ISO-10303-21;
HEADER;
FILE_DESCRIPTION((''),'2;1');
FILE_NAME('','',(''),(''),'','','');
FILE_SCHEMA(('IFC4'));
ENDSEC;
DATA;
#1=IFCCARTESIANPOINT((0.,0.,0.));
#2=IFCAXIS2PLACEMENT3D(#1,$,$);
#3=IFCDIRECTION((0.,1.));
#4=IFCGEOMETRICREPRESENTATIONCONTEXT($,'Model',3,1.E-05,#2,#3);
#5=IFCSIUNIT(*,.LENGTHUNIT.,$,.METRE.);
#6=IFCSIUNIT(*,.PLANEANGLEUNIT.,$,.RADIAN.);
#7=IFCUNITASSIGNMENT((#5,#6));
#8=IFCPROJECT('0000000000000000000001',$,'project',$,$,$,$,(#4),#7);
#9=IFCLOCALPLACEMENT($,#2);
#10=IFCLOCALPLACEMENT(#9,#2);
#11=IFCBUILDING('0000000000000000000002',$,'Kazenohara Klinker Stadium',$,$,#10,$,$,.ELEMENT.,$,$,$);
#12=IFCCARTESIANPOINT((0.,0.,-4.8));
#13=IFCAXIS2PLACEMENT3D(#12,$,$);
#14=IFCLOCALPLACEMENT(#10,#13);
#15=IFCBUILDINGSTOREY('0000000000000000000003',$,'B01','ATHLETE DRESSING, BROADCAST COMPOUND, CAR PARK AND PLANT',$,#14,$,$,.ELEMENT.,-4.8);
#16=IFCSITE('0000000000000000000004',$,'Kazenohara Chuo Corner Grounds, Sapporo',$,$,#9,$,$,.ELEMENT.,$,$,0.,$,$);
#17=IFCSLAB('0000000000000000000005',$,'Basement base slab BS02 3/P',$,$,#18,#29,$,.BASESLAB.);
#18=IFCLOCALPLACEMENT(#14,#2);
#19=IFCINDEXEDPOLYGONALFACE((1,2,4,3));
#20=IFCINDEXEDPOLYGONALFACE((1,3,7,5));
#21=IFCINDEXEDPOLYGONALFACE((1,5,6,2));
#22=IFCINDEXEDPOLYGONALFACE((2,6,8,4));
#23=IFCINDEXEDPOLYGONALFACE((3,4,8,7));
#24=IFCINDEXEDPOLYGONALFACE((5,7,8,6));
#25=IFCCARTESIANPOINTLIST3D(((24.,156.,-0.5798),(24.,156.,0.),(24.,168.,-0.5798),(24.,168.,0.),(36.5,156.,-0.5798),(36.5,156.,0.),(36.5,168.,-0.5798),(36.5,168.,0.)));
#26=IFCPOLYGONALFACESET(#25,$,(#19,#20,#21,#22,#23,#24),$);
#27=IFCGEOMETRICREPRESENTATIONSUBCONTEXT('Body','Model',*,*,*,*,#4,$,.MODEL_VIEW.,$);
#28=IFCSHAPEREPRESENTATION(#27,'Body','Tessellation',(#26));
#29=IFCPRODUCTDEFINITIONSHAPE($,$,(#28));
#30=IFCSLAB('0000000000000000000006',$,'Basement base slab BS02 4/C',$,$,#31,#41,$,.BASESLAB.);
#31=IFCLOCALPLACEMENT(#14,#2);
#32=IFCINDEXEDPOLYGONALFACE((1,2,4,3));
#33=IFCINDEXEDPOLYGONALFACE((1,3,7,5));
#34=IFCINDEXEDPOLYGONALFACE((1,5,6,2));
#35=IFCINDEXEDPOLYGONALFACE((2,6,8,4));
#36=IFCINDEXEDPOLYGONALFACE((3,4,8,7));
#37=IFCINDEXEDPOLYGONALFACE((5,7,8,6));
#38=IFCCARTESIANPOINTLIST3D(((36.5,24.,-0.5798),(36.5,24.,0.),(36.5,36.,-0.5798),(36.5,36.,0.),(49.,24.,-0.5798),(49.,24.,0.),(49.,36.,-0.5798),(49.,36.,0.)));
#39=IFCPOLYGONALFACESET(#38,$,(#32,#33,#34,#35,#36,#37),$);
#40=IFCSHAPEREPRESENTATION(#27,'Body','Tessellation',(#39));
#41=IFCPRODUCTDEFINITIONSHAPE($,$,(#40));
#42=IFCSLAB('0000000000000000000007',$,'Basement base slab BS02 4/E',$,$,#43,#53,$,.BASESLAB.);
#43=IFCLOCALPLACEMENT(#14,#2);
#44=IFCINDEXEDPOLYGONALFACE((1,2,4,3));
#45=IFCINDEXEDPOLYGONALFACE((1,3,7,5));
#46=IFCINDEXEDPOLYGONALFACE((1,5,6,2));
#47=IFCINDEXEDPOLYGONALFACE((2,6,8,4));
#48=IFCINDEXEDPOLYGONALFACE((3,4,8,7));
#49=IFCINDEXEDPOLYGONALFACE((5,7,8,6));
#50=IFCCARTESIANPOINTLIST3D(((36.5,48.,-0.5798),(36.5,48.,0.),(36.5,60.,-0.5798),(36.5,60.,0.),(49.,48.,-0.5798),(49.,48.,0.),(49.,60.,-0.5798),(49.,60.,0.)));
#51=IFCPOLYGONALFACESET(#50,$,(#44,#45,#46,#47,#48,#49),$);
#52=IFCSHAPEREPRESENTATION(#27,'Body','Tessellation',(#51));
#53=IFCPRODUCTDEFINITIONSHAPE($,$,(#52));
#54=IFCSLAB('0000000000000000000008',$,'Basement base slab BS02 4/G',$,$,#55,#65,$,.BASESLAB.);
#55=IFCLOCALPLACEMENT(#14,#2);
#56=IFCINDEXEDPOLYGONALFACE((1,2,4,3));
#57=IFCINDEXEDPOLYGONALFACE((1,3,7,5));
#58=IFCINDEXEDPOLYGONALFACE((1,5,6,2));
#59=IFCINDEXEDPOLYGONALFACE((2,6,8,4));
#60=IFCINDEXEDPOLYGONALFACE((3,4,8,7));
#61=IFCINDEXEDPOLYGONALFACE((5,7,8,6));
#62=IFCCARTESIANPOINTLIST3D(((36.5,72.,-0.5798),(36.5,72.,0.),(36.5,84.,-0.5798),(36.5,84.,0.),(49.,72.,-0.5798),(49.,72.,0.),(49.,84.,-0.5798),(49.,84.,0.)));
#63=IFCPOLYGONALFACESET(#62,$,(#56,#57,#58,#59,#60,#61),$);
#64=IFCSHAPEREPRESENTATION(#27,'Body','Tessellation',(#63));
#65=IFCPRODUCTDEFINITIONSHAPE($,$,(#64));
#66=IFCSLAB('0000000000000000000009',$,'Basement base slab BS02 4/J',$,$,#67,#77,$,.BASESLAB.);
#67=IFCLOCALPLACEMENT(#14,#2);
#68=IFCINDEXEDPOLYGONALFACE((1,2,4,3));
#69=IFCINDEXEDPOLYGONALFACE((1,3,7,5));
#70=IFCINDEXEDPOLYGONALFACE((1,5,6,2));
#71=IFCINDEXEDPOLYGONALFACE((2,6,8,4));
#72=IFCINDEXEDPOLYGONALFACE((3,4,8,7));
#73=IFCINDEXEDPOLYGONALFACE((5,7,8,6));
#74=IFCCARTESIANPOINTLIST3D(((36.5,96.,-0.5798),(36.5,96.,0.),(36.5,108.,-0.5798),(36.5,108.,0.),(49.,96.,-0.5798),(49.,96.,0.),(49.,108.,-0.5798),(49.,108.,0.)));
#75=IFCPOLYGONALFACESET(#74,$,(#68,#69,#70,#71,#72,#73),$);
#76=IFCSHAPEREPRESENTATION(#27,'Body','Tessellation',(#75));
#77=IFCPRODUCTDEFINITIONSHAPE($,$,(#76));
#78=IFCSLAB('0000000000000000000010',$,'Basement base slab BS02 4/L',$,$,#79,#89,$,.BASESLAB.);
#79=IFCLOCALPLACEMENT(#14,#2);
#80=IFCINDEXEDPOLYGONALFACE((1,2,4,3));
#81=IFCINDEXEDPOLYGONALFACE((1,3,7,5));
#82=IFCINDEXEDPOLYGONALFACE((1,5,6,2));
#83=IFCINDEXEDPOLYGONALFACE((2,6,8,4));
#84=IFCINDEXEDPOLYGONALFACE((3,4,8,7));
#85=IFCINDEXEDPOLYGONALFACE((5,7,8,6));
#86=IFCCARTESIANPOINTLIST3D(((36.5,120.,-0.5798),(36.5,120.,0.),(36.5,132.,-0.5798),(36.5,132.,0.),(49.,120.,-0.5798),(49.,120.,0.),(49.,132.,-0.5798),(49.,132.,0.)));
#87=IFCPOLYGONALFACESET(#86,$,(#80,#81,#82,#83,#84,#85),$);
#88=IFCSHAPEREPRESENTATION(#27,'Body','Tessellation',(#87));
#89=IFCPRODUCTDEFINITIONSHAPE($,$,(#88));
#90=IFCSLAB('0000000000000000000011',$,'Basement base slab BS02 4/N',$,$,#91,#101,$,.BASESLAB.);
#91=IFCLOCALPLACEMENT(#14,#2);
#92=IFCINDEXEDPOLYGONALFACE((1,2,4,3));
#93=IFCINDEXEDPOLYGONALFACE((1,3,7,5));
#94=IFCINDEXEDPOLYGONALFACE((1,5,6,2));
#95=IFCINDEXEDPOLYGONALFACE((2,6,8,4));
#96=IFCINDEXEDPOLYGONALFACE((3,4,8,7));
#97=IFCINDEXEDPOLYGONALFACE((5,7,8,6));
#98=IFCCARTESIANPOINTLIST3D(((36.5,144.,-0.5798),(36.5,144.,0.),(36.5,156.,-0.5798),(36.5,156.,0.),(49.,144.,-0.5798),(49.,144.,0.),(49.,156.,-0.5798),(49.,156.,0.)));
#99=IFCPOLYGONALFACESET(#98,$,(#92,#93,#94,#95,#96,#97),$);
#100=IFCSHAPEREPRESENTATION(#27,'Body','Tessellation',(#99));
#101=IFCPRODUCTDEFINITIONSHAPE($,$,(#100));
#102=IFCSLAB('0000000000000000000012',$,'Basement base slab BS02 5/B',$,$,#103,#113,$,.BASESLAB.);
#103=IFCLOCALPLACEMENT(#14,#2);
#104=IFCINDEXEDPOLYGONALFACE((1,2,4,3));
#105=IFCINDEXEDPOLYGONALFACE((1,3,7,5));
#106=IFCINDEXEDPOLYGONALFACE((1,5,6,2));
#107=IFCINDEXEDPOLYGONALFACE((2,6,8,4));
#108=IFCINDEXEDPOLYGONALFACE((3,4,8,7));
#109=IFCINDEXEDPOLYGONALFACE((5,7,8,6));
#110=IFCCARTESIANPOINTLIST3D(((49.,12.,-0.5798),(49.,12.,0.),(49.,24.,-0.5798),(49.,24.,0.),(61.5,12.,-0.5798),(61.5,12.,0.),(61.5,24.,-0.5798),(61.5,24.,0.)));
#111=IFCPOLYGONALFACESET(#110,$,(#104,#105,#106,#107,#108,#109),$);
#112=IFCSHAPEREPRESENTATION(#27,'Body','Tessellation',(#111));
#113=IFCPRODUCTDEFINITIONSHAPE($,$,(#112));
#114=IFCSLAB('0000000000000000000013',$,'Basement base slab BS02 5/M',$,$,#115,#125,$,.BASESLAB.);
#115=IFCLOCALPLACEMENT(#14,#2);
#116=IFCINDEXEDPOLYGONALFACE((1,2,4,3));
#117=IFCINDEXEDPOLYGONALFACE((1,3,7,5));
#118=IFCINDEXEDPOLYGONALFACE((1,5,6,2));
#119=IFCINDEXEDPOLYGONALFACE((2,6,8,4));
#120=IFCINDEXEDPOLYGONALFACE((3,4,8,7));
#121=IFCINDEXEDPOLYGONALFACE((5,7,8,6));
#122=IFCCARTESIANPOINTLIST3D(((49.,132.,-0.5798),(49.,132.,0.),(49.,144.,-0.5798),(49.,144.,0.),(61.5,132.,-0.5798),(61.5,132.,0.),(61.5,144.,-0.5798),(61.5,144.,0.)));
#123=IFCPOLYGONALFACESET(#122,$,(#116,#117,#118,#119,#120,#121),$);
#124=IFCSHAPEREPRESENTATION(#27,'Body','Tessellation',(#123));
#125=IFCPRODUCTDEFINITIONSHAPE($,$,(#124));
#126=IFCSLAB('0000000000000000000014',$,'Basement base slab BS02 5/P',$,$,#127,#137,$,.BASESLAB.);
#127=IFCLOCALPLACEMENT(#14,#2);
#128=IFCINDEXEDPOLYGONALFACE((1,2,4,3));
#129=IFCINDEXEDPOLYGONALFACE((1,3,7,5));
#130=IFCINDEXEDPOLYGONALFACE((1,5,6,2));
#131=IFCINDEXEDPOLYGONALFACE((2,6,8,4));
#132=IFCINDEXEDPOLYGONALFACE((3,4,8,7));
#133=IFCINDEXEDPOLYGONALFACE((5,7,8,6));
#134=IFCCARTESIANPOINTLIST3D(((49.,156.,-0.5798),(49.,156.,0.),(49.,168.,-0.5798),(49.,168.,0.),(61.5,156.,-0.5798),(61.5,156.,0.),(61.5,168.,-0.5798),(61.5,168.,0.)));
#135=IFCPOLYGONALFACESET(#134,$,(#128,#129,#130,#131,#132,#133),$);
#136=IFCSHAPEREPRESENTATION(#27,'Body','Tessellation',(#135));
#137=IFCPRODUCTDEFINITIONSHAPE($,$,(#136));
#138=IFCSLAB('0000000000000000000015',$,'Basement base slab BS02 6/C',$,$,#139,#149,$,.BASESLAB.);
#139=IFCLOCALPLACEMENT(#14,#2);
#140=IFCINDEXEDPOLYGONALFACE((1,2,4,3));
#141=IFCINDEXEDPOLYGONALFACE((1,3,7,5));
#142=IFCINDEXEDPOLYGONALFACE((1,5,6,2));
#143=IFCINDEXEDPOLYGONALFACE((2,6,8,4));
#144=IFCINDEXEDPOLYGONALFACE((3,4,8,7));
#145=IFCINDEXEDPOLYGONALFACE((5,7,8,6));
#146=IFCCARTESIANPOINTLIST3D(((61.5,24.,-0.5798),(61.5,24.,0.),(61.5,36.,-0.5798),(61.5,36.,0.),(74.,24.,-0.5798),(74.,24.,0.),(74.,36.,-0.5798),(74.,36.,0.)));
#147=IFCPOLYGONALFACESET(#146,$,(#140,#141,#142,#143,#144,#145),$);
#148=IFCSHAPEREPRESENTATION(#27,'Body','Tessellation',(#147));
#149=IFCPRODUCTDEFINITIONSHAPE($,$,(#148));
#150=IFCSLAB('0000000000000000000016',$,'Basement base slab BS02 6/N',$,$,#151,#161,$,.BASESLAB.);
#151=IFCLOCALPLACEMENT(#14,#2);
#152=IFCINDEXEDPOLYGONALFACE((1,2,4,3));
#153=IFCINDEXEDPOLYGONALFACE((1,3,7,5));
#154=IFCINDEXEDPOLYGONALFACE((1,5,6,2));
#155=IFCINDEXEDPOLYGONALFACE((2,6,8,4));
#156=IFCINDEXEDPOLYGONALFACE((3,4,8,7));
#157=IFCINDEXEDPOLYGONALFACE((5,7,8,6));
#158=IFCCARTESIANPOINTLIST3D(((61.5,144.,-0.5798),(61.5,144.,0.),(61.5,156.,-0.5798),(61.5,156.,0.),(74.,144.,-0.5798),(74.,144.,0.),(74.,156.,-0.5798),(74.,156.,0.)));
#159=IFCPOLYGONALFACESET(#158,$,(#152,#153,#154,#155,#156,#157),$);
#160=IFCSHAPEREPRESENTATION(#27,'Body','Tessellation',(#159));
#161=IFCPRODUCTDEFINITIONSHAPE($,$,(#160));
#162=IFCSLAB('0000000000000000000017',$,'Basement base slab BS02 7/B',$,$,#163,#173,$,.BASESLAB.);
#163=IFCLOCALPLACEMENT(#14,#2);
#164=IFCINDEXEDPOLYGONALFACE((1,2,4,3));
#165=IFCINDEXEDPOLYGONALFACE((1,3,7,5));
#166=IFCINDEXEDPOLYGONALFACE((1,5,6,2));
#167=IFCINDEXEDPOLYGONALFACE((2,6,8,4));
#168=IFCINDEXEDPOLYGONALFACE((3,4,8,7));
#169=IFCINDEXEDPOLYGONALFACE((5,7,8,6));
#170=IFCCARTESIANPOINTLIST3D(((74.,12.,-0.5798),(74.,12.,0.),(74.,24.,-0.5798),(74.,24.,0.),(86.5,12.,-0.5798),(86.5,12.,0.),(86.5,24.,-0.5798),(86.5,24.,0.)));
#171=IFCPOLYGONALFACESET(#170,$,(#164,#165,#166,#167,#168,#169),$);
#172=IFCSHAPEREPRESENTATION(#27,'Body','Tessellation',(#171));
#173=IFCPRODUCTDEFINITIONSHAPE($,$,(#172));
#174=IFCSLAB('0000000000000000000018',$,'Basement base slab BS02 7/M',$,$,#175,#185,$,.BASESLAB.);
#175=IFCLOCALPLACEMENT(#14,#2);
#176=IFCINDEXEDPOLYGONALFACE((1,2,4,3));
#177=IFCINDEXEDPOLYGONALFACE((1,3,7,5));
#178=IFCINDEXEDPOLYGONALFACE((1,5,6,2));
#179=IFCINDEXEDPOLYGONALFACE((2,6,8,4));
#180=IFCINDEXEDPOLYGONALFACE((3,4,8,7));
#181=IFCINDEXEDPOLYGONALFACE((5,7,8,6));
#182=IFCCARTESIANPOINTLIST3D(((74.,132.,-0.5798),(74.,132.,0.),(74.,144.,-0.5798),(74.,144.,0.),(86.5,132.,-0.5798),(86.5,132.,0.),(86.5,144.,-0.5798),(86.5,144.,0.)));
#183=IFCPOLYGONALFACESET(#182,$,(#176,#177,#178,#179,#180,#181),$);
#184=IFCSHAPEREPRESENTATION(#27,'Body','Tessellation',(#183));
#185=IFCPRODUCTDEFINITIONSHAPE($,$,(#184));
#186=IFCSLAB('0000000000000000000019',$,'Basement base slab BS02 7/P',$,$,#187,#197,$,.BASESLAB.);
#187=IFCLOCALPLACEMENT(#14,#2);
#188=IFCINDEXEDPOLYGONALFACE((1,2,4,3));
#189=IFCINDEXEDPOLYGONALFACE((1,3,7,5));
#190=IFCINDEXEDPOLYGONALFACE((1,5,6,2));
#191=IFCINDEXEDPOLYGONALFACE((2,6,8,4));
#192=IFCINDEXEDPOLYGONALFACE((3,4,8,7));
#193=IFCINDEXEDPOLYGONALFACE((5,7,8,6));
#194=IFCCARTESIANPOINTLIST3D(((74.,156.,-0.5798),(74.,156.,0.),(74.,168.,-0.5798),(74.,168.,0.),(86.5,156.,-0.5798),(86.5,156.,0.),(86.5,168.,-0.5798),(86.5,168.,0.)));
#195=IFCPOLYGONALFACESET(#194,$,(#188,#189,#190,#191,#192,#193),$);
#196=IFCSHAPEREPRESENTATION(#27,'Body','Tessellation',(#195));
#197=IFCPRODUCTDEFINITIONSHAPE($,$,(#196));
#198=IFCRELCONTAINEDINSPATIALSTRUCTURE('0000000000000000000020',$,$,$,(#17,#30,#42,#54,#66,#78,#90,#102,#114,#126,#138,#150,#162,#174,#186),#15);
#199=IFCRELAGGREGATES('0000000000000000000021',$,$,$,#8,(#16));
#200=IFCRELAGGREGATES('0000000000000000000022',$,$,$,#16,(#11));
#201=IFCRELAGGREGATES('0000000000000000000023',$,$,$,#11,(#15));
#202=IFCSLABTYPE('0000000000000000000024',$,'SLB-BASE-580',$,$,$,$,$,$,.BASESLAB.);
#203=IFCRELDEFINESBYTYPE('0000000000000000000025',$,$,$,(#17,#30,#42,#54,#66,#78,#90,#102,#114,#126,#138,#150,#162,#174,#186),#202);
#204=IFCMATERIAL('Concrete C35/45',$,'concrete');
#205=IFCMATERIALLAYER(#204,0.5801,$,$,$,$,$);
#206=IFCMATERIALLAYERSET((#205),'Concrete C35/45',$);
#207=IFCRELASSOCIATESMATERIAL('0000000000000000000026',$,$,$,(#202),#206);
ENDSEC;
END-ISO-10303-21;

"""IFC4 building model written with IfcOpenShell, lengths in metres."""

from ifc_helpers import new_model, si_unit, direction, frame, origin, place, context, subcontext, project, spatial, polyline, outline, extrude, material, layer, layer_set, type_object, element, save


model = new_model("IFC4")

# Units and contexts
model_context = context("Model", 3, precision=1e-05, world=origin(), true_north=direction((0.0, 1.0)))
body_context = subcontext(model_context, "Body", "Model", "MODEL_VIEW")
ifc_project = project(units=[si_unit("LENGTHUNIT", "METRE"), si_unit("PLANEANGLEUNIT", "RADIAN")], contexts=[model_context])

# Site, building, storey
site_placement = place(None, origin())
site = spatial("IfcSite", under=ifc_project, at=site_placement, Name="Kazenohara Chuo Corner Grounds, Sapporo", CompositionType="ELEMENT", RefElevation=0.0)
building_placement = place(site_placement, origin())
building = spatial("IfcBuilding", under=site, at=building_placement, Name="Kazenohara Klinker Stadium", CompositionType="ELEMENT")
storey_placement = place(building_placement, frame((0.0, 0.0, -4.8)))
storey = spatial("IfcBuildingStorey", under=building, at=storey_placement, Name="B01", Description="ATHLETE DRESSING, BROADCAST COMPOUND, CAR PARK AND PLANT", CompositionType="ELEMENT", Elevation=-4.8)

# Slabs
ifc_material = material(Name="Concrete C35/45", Category="concrete")
ifc_layer_1 = layer(ifc_material, 0.5801)
ifc_layer_set_1 = layer_set([ifc_layer_1], Name="Concrete C35/45")
slab_type_1 = type_object("IfcSlabType", Name="SLB-BASE-580", PredefinedType="BASESLAB", material=ifc_layer_set_1)
slab_1_placement = place(storey_placement, frame((0.0, 0.0, -0.5798)))
element("IfcSlab", 1, at=slab_1_placement, inside=storey, type_object=slab_type_1, Name="Basement base slab BS02 3/P", PredefinedType="BASESLAB", context=body_context, shape_type="SweptSolid", body=[
    extrude(outline(polyline([(24.0, 156.0), (36.5, 156.0), (36.5, 168.0), (24.0, 168.0), (24.0, 156.0)])), origin(), (0.0, 0.0, 1.0), 0.5798),
])
slab_2_placement = place(storey_placement, frame((0.0, 0.0, -0.5798)))
element("IfcSlab", 2, at=slab_2_placement, inside=storey, type_object=slab_type_1, Name="Basement base slab BS02 4/C", PredefinedType="BASESLAB", context=body_context, shape_type="SweptSolid", body=[
    extrude(outline(polyline([(36.5, 24.0), (49.0, 24.0), (49.0, 36.0), (36.5, 36.0), (36.5, 24.0)])), origin(), (0.0, 0.0, 1.0), 0.5798),
])
slab_3_placement = place(storey_placement, frame((0.0, 0.0, -0.5798)))
element("IfcSlab", 3, at=slab_3_placement, inside=storey, type_object=slab_type_1, Name="Basement base slab BS02 4/E", PredefinedType="BASESLAB", context=body_context, shape_type="SweptSolid", body=[
    extrude(outline(polyline([(36.5, 48.0), (49.0, 48.0), (49.0, 60.0), (36.5, 60.0), (36.5, 48.0)])), origin(), (0.0, 0.0, 1.0), 0.5798),
])
slab_4_placement = place(storey_placement, frame((0.0, 0.0, -0.5798)))
element("IfcSlab", 4, at=slab_4_placement, inside=storey, type_object=slab_type_1, Name="Basement base slab BS02 4/G", PredefinedType="BASESLAB", context=body_context, shape_type="SweptSolid", body=[
    extrude(outline(polyline([(36.5, 72.0), (49.0, 72.0), (49.0, 84.0), (36.5, 84.0), (36.5, 72.0)])), origin(), (0.0, 0.0, 1.0), 0.5798),
])
slab_5_placement = place(storey_placement, frame((0.0, 0.0, -0.5798)))
element("IfcSlab", 5, at=slab_5_placement, inside=storey, type_object=slab_type_1, Name="Basement base slab BS02 4/J", PredefinedType="BASESLAB", context=body_context, shape_type="SweptSolid", body=[
    extrude(outline(polyline([(36.5, 96.0), (49.0, 96.0), (49.0, 108.0), (36.5, 108.0), (36.5, 96.0)])), origin(), (0.0, 0.0, 1.0), 0.5798),
])
slab_6_placement = place(storey_placement, frame((0.0, 0.0, -0.5798)))
element("IfcSlab", 6, at=slab_6_placement, inside=storey, type_object=slab_type_1, Name="Basement base slab BS02 4/L", PredefinedType="BASESLAB", context=body_context, shape_type="SweptSolid", body=[
    extrude(outline(polyline([(36.5, 120.0), (49.0, 120.0), (49.0, 132.0), (36.5, 132.0), (36.5, 120.0)])), origin(), (0.0, 0.0, 1.0), 0.5798),
])
slab_7_placement = place(storey_placement, frame((0.0, 0.0, -0.5798)))
element("IfcSlab", 7, at=slab_7_placement, inside=storey, type_object=slab_type_1, Name="Basement base slab BS02 4/N", PredefinedType="BASESLAB", context=body_context, shape_type="SweptSolid", body=[
    extrude(outline(polyline([(36.5, 144.0), (49.0, 144.0), (49.0, 156.0), (36.5, 156.0), (36.5, 144.0)])), origin(), (0.0, 0.0, 1.0), 0.5798),
])
slab_8_placement = place(storey_placement, frame((0.0, 0.0, -0.5798)))
element("IfcSlab", 8, at=slab_8_placement, inside=storey, type_object=slab_type_1, Name="Basement base slab BS02 5/B", PredefinedType="BASESLAB", context=body_context, shape_type="SweptSolid", body=[
    extrude(outline(polyline([(49.0, 12.0), (61.5, 12.0), (61.5, 24.0), (49.0, 24.0), (49.0, 12.0)])), origin(), (0.0, 0.0, 1.0), 0.5798),
])
slab_9_placement = place(storey_placement, frame((0.0, 0.0, -0.5798)))
element("IfcSlab", 9, at=slab_9_placement, inside=storey, type_object=slab_type_1, Name="Basement base slab BS02 5/M", PredefinedType="BASESLAB", context=body_context, shape_type="SweptSolid", body=[
    extrude(outline(polyline([(49.0, 132.0), (61.5, 132.0), (61.5, 144.0), (49.0, 144.0), (49.0, 132.0)])), origin(), (0.0, 0.0, 1.0), 0.5798),
])
slab_10_placement = place(storey_placement, frame((0.0, 0.0, -0.5798)))
element("IfcSlab", 10, at=slab_10_placement, inside=storey, type_object=slab_type_1, Name="Basement base slab BS02 5/P", PredefinedType="BASESLAB", context=body_context, shape_type="SweptSolid", body=[
    extrude(outline(polyline([(49.0, 156.0), (61.5, 156.0), (61.5, 168.0), (49.0, 168.0), (49.0, 156.0)])), origin(), (0.0, 0.0, 1.0), 0.5798),
])
slab_11_placement = place(storey_placement, frame((0.0, 0.0, -0.5798)))
element("IfcSlab", 11, at=slab_11_placement, inside=storey, type_object=slab_type_1, Name="Basement base slab BS02 6/C", PredefinedType="BASESLAB", context=body_context, shape_type="SweptSolid", body=[
    extrude(outline(polyline([(61.5, 24.0), (74.0, 24.0), (74.0, 36.0), (61.5, 36.0), (61.5, 24.0)])), origin(), (0.0, 0.0, 1.0), 0.5798),
])
slab_12_placement = place(storey_placement, frame((0.0, 0.0, -0.5798)))
element("IfcSlab", 12, at=slab_12_placement, inside=storey, type_object=slab_type_1, Name="Basement base slab BS02 6/N", PredefinedType="BASESLAB", context=body_context, shape_type="SweptSolid", body=[
    extrude(outline(polyline([(61.5, 144.0), (74.0, 144.0), (74.0, 156.0), (61.5, 156.0), (61.5, 144.0)])), origin(), (0.0, 0.0, 1.0), 0.5798),
])
slab_13_placement = place(storey_placement, frame((0.0, 0.0, -0.5798)))
element("IfcSlab", 13, at=slab_13_placement, inside=storey, type_object=slab_type_1, Name="Basement base slab BS02 7/B", PredefinedType="BASESLAB", context=body_context, shape_type="SweptSolid", body=[
    extrude(outline(polyline([(74.0, 12.0), (86.5, 12.0), (86.5, 24.0), (74.0, 24.0), (74.0, 12.0)])), origin(), (0.0, 0.0, 1.0), 0.5798),
])
slab_14_placement = place(storey_placement, frame((0.0, 0.0, -0.5798)))
element("IfcSlab", 14, at=slab_14_placement, inside=storey, type_object=slab_type_1, Name="Basement base slab BS02 7/M", PredefinedType="BASESLAB", context=body_context, shape_type="SweptSolid", body=[
    extrude(outline(polyline([(74.0, 132.0), (86.5, 132.0), (86.5, 144.0), (74.0, 144.0), (74.0, 132.0)])), origin(), (0.0, 0.0, 1.0), 0.5798),
])
slab_15_placement = place(storey_placement, frame((0.0, 0.0, -0.5798)))
element("IfcSlab", 15, at=slab_15_placement, inside=storey, type_object=slab_type_1, Name="Basement base slab BS02 7/P", PredefinedType="BASESLAB", context=body_context, shape_type="SweptSolid", body=[
    extrude(outline(polyline([(74.0, 156.0), (86.5, 156.0), (86.5, 168.0), (74.0, 168.0), (74.0, 156.0)])), origin(), (0.0, 0.0, 1.0), 0.5798),
])

save(model, "model.ifc")
